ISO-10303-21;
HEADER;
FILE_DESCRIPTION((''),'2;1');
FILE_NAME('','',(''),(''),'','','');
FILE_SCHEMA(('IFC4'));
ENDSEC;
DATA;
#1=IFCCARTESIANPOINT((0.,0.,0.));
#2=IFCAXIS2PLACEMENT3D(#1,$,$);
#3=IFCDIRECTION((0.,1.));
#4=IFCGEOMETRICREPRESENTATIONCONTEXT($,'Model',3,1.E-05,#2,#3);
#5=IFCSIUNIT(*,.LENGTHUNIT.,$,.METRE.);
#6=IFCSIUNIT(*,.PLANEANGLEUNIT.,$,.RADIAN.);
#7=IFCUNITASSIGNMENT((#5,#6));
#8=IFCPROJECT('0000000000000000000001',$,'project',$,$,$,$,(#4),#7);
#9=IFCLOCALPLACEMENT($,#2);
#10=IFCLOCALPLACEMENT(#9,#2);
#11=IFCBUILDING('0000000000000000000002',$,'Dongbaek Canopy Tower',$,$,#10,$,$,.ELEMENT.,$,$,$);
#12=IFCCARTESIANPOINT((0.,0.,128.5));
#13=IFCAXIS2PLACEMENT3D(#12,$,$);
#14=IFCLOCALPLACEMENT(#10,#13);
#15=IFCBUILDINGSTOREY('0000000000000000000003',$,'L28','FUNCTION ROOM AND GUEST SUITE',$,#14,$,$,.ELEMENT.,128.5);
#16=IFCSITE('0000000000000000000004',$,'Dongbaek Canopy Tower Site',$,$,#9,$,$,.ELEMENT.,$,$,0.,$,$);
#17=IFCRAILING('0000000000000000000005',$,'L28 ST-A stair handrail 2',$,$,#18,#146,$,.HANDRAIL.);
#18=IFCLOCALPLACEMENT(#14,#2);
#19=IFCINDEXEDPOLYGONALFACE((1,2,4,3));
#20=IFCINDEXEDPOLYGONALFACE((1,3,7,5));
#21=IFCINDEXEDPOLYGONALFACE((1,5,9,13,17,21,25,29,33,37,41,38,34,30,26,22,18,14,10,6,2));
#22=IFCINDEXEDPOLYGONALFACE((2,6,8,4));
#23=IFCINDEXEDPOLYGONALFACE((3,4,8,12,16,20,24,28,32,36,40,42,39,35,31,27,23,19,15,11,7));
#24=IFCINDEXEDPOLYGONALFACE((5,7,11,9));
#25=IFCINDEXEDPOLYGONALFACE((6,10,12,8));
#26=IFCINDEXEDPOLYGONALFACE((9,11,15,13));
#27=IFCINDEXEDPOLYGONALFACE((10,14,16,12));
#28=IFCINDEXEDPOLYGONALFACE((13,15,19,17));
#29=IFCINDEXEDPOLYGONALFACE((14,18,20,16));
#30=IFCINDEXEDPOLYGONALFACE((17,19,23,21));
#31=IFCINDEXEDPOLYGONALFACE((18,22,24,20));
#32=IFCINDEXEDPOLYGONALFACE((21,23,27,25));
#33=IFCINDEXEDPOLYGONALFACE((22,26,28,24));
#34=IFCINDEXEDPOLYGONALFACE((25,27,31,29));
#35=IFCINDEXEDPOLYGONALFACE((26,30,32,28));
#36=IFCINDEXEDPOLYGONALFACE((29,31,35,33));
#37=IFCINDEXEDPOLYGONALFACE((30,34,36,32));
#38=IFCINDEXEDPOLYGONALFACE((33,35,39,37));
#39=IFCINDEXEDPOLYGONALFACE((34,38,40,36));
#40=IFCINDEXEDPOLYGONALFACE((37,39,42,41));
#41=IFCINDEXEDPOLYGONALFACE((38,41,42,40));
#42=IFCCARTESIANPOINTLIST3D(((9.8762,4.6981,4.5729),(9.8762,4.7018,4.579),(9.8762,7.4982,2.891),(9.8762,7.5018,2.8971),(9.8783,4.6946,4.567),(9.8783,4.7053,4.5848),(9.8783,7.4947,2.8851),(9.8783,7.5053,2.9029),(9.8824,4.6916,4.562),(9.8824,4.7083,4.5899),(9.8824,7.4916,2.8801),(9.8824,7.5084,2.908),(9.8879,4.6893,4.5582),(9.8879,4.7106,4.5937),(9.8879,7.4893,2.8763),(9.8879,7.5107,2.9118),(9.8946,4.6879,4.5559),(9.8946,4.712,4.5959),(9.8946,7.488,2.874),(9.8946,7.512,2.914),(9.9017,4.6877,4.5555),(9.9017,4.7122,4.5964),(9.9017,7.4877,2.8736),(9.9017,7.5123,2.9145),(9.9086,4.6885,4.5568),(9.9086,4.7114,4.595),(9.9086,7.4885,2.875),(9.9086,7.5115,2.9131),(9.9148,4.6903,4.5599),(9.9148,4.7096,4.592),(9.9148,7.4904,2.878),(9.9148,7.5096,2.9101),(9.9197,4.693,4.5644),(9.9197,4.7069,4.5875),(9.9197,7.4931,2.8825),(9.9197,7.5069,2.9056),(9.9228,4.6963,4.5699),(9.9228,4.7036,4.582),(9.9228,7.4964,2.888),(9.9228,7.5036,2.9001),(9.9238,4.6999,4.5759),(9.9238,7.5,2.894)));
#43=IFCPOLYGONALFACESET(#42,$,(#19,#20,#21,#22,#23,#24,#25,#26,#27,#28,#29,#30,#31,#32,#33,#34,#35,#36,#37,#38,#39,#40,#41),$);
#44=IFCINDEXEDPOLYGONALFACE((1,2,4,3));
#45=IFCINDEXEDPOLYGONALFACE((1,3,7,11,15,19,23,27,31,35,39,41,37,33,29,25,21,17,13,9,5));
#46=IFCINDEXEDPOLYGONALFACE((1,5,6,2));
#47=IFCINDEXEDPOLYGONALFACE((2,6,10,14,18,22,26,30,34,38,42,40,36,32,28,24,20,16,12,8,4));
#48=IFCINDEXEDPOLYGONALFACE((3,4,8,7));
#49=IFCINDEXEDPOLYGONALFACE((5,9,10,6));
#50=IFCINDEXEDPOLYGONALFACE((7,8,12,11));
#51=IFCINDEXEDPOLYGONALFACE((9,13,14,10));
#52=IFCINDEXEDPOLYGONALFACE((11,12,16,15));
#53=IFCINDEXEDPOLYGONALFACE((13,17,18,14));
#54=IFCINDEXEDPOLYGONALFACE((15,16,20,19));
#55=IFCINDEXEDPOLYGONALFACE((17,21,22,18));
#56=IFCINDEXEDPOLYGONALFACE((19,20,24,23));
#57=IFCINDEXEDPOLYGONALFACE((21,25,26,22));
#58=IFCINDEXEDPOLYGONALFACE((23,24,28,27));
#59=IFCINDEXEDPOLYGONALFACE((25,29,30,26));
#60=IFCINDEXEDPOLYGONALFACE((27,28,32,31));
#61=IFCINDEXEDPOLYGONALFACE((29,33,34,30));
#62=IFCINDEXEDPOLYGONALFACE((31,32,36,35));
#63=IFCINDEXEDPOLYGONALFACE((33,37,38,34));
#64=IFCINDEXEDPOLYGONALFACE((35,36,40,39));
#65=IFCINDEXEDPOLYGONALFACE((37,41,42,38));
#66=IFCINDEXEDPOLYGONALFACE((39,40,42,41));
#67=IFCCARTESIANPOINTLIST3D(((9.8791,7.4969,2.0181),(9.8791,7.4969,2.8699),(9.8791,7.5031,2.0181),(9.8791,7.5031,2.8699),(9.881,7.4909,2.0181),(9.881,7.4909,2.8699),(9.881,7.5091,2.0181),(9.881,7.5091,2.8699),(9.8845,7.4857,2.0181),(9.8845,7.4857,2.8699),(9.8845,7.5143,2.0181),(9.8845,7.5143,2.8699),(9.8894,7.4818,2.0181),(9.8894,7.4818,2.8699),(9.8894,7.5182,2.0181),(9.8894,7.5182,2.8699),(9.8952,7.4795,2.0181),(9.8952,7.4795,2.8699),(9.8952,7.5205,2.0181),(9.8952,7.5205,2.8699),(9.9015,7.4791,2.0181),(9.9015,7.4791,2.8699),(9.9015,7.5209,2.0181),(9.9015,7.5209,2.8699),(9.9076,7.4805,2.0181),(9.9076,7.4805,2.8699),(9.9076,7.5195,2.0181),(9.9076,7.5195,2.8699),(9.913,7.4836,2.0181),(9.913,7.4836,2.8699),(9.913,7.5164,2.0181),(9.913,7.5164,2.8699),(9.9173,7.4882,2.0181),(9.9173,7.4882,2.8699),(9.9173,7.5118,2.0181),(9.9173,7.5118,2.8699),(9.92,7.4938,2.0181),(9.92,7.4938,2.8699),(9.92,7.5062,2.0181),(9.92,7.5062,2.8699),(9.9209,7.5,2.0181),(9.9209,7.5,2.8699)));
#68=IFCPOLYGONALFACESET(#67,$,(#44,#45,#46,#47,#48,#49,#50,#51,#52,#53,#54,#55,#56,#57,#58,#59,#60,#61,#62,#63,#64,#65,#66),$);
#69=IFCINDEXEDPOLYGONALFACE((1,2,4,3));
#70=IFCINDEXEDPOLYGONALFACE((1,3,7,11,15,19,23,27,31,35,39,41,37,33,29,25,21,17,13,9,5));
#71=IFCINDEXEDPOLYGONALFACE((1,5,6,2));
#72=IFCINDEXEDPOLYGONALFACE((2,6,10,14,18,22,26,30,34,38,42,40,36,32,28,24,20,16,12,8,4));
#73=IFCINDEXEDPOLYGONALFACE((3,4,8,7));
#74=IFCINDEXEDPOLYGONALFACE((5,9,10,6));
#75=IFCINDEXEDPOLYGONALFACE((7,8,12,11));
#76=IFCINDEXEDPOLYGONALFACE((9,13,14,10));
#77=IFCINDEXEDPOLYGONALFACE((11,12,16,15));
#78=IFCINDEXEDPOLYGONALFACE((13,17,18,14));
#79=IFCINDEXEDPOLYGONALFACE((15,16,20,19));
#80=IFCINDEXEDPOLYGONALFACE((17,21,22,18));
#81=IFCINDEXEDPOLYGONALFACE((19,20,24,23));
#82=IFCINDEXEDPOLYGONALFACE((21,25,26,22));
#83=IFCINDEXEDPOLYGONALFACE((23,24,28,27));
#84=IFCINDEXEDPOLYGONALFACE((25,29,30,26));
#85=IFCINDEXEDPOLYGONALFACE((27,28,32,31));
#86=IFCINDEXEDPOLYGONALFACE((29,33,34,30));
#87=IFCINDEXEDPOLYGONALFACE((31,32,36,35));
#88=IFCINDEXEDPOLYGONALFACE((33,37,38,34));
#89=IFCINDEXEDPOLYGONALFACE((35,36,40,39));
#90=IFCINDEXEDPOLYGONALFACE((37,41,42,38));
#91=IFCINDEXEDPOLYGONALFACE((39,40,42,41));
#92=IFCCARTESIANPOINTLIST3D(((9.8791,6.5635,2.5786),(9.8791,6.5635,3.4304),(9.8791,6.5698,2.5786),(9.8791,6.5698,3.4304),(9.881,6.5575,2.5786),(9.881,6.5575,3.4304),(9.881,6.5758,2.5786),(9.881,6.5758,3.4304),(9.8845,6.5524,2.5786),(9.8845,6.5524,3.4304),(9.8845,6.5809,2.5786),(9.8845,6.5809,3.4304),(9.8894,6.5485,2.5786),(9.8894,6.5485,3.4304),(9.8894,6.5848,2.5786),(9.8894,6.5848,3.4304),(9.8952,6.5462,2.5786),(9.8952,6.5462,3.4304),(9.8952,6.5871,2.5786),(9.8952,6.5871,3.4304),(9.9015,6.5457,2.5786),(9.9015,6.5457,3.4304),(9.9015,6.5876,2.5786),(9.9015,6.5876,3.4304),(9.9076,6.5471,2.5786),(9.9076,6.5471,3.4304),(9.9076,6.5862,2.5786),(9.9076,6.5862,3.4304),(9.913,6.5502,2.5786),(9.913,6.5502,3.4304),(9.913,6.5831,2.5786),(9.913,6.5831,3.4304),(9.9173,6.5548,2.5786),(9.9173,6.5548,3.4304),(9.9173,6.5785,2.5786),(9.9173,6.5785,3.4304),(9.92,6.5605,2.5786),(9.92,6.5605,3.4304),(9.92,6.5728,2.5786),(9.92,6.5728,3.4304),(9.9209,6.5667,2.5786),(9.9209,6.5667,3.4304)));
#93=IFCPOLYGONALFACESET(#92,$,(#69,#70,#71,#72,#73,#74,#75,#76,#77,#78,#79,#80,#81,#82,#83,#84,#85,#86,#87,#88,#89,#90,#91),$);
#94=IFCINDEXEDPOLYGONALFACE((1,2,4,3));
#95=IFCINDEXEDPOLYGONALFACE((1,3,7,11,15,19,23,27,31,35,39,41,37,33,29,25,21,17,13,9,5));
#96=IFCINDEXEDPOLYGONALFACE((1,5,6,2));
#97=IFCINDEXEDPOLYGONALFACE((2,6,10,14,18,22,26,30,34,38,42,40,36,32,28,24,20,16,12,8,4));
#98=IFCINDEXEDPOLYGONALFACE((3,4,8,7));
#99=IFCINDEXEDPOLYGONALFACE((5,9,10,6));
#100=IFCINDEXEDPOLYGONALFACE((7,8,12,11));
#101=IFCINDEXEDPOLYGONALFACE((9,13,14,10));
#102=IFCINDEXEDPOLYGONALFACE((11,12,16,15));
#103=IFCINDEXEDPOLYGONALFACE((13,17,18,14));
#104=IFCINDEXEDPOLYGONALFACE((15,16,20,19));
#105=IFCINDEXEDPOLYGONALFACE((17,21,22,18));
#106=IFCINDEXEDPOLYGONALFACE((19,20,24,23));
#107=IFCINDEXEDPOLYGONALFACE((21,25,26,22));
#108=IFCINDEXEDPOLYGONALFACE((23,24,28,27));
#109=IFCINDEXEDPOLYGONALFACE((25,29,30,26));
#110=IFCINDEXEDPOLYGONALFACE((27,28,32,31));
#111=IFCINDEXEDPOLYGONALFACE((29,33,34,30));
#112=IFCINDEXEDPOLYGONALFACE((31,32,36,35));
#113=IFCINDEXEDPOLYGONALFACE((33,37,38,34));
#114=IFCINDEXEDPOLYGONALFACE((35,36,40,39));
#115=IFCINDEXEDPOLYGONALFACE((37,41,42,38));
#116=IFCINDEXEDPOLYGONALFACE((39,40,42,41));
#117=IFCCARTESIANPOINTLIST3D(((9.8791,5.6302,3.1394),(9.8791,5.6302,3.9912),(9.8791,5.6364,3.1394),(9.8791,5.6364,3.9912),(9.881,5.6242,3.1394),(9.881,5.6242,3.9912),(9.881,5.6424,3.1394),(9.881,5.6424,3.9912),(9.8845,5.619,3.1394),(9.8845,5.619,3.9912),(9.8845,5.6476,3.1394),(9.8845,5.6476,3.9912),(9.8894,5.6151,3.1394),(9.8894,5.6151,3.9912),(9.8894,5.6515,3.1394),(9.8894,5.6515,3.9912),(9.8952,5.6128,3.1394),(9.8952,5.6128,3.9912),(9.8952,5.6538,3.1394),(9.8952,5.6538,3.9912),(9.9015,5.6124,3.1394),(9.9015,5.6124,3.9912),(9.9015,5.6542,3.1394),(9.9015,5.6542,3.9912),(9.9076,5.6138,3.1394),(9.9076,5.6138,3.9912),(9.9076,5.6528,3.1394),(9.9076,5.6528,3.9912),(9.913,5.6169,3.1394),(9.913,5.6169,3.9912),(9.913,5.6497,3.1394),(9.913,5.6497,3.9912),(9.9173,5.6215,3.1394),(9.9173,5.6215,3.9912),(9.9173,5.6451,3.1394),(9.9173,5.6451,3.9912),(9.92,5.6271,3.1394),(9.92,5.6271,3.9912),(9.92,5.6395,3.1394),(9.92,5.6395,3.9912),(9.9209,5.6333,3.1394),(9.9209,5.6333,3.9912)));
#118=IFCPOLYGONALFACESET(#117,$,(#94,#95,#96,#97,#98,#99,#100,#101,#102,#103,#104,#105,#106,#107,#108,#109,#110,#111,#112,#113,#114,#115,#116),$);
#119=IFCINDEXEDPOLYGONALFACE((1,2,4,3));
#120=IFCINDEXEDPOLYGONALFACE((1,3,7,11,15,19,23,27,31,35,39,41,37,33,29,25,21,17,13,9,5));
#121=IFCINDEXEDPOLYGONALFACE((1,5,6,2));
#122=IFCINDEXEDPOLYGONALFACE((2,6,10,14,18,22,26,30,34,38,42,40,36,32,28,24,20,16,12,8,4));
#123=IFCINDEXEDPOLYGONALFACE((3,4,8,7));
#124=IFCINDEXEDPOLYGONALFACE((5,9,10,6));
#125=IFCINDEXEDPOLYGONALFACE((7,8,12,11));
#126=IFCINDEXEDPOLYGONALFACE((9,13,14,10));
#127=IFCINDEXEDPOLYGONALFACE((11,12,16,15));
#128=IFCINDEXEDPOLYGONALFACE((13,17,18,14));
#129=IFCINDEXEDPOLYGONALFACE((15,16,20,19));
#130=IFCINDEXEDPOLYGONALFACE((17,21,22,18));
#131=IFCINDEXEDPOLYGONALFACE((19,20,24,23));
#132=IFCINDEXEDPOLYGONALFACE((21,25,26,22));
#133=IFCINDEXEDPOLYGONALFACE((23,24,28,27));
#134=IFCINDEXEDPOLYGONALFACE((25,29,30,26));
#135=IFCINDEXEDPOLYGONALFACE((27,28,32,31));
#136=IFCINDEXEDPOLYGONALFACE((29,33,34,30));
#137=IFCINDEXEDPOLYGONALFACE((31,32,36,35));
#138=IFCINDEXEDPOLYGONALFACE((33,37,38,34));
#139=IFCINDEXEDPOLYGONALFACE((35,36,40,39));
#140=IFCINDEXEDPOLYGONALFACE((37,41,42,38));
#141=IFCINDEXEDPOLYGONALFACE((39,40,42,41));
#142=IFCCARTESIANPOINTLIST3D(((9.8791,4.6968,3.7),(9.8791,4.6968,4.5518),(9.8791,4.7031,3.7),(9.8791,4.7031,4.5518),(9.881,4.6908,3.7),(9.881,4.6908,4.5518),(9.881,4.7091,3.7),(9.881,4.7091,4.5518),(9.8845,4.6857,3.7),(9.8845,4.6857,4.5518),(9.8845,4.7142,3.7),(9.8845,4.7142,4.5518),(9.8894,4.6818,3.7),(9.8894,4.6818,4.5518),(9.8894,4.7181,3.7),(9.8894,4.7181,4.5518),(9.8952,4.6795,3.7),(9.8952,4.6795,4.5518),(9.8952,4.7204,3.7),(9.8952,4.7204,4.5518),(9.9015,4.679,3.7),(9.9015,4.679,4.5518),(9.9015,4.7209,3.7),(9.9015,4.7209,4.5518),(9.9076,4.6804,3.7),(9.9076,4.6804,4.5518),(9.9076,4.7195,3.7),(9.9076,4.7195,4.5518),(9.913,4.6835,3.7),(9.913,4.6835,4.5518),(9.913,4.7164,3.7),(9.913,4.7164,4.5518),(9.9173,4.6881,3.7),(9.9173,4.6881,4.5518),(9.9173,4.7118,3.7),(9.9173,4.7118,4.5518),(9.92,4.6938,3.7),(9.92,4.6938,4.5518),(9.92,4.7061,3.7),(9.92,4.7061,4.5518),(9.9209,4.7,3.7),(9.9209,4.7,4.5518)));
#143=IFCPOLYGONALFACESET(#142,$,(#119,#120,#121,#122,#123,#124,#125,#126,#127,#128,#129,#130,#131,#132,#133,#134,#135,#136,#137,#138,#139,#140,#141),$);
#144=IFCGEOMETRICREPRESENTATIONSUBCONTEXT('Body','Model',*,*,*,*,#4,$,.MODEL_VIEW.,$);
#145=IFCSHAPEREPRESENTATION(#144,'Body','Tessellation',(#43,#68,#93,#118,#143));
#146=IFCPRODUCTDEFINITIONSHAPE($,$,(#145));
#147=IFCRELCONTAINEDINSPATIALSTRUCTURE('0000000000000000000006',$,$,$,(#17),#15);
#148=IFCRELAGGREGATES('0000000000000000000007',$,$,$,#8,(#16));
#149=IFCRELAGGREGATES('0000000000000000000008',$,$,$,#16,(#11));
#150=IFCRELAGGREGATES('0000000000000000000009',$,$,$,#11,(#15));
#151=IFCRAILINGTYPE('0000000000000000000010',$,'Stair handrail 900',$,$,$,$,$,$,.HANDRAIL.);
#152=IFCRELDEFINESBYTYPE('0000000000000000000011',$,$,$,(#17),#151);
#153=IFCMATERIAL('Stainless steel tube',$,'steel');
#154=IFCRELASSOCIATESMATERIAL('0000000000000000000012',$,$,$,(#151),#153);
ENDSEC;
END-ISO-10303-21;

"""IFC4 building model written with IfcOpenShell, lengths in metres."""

from ifc_helpers import new_model, si_unit, direction, frame, origin, origin_2d, place, context, subcontext, project, spatial, circle, extrude, material, type_object, element, save


model = new_model("IFC4")

# Units and contexts
model_context = context("Model", 3, precision=1e-05, world=origin(), true_north=direction((0.0, 1.0)))
body_context = subcontext(model_context, "Body", "Model", "MODEL_VIEW")
ifc_project = project(units=[si_unit("LENGTHUNIT", "METRE"), si_unit("PLANEANGLEUNIT", "RADIAN")], contexts=[model_context])

# Site, building, storey
site_placement = place(None, origin())
site = spatial("IfcSite", under=ifc_project, at=site_placement, Name="Dongbaek Canopy Tower Site", CompositionType="ELEMENT", RefElevation=0.0)
building_placement = place(site_placement, origin())
building = spatial("IfcBuilding", under=site, at=building_placement, Name="Dongbaek Canopy Tower", CompositionType="ELEMENT")
storey_placement = place(building_placement, frame((0.0, 0.0, 128.5)))
storey = spatial("IfcBuildingStorey", under=building, at=storey_placement, Name="L28", Description="FUNCTION ROOM AND GUEST SUITE", CompositionType="ELEMENT", Elevation=128.5)

# Railing
ifc_material_1 = material(Name="Stainless steel tube", Category="steel")
railing_type_1 = type_object("IfcRailingType", Name="Stair handrail 900", PredefinedType="HANDRAIL", material=ifc_material_1)
railing_1_placement = place(storey_placement, frame((9.8999, 7.5, 2.0181)))
element("IfcRailing", 1, at=railing_1_placement, inside=storey, type_object=railing_type_1, Name="L28 ST-A stair handrail 2", PredefinedType="HANDRAIL", context=body_context, shape_type="SweptSolid", body=[
    extrude(circle(Radius=0.0239, at=origin_2d()), frame((0.0, 0.0, 0.876), z_axis=(0.0, -0.857242, 0.514913), x_axis=(1.0, 0.0, 0.0)), (0.0, 0.0, 1.0), 3.2664),
    extrude(circle(Radius=0.021, at=origin_2d()), origin(), (0.0, 0.0, 1.0), 0.8518),
    extrude(circle(Radius=0.021, at=origin_2d()), frame((0.0, -0.9333, 0.5605)), (0.0, 0.0, 1.0), 0.8518),
    extrude(circle(Radius=0.021, at=origin_2d()), frame((0.0, -1.8667, 1.1213)), (0.0, 0.0, 1.0), 0.8518),
    extrude(circle(Radius=0.021, at=origin_2d()), frame((0.0, -2.8, 1.6819)), (0.0, 0.0, 1.0), 0.8518),
])

save(model, "model.ifc")
